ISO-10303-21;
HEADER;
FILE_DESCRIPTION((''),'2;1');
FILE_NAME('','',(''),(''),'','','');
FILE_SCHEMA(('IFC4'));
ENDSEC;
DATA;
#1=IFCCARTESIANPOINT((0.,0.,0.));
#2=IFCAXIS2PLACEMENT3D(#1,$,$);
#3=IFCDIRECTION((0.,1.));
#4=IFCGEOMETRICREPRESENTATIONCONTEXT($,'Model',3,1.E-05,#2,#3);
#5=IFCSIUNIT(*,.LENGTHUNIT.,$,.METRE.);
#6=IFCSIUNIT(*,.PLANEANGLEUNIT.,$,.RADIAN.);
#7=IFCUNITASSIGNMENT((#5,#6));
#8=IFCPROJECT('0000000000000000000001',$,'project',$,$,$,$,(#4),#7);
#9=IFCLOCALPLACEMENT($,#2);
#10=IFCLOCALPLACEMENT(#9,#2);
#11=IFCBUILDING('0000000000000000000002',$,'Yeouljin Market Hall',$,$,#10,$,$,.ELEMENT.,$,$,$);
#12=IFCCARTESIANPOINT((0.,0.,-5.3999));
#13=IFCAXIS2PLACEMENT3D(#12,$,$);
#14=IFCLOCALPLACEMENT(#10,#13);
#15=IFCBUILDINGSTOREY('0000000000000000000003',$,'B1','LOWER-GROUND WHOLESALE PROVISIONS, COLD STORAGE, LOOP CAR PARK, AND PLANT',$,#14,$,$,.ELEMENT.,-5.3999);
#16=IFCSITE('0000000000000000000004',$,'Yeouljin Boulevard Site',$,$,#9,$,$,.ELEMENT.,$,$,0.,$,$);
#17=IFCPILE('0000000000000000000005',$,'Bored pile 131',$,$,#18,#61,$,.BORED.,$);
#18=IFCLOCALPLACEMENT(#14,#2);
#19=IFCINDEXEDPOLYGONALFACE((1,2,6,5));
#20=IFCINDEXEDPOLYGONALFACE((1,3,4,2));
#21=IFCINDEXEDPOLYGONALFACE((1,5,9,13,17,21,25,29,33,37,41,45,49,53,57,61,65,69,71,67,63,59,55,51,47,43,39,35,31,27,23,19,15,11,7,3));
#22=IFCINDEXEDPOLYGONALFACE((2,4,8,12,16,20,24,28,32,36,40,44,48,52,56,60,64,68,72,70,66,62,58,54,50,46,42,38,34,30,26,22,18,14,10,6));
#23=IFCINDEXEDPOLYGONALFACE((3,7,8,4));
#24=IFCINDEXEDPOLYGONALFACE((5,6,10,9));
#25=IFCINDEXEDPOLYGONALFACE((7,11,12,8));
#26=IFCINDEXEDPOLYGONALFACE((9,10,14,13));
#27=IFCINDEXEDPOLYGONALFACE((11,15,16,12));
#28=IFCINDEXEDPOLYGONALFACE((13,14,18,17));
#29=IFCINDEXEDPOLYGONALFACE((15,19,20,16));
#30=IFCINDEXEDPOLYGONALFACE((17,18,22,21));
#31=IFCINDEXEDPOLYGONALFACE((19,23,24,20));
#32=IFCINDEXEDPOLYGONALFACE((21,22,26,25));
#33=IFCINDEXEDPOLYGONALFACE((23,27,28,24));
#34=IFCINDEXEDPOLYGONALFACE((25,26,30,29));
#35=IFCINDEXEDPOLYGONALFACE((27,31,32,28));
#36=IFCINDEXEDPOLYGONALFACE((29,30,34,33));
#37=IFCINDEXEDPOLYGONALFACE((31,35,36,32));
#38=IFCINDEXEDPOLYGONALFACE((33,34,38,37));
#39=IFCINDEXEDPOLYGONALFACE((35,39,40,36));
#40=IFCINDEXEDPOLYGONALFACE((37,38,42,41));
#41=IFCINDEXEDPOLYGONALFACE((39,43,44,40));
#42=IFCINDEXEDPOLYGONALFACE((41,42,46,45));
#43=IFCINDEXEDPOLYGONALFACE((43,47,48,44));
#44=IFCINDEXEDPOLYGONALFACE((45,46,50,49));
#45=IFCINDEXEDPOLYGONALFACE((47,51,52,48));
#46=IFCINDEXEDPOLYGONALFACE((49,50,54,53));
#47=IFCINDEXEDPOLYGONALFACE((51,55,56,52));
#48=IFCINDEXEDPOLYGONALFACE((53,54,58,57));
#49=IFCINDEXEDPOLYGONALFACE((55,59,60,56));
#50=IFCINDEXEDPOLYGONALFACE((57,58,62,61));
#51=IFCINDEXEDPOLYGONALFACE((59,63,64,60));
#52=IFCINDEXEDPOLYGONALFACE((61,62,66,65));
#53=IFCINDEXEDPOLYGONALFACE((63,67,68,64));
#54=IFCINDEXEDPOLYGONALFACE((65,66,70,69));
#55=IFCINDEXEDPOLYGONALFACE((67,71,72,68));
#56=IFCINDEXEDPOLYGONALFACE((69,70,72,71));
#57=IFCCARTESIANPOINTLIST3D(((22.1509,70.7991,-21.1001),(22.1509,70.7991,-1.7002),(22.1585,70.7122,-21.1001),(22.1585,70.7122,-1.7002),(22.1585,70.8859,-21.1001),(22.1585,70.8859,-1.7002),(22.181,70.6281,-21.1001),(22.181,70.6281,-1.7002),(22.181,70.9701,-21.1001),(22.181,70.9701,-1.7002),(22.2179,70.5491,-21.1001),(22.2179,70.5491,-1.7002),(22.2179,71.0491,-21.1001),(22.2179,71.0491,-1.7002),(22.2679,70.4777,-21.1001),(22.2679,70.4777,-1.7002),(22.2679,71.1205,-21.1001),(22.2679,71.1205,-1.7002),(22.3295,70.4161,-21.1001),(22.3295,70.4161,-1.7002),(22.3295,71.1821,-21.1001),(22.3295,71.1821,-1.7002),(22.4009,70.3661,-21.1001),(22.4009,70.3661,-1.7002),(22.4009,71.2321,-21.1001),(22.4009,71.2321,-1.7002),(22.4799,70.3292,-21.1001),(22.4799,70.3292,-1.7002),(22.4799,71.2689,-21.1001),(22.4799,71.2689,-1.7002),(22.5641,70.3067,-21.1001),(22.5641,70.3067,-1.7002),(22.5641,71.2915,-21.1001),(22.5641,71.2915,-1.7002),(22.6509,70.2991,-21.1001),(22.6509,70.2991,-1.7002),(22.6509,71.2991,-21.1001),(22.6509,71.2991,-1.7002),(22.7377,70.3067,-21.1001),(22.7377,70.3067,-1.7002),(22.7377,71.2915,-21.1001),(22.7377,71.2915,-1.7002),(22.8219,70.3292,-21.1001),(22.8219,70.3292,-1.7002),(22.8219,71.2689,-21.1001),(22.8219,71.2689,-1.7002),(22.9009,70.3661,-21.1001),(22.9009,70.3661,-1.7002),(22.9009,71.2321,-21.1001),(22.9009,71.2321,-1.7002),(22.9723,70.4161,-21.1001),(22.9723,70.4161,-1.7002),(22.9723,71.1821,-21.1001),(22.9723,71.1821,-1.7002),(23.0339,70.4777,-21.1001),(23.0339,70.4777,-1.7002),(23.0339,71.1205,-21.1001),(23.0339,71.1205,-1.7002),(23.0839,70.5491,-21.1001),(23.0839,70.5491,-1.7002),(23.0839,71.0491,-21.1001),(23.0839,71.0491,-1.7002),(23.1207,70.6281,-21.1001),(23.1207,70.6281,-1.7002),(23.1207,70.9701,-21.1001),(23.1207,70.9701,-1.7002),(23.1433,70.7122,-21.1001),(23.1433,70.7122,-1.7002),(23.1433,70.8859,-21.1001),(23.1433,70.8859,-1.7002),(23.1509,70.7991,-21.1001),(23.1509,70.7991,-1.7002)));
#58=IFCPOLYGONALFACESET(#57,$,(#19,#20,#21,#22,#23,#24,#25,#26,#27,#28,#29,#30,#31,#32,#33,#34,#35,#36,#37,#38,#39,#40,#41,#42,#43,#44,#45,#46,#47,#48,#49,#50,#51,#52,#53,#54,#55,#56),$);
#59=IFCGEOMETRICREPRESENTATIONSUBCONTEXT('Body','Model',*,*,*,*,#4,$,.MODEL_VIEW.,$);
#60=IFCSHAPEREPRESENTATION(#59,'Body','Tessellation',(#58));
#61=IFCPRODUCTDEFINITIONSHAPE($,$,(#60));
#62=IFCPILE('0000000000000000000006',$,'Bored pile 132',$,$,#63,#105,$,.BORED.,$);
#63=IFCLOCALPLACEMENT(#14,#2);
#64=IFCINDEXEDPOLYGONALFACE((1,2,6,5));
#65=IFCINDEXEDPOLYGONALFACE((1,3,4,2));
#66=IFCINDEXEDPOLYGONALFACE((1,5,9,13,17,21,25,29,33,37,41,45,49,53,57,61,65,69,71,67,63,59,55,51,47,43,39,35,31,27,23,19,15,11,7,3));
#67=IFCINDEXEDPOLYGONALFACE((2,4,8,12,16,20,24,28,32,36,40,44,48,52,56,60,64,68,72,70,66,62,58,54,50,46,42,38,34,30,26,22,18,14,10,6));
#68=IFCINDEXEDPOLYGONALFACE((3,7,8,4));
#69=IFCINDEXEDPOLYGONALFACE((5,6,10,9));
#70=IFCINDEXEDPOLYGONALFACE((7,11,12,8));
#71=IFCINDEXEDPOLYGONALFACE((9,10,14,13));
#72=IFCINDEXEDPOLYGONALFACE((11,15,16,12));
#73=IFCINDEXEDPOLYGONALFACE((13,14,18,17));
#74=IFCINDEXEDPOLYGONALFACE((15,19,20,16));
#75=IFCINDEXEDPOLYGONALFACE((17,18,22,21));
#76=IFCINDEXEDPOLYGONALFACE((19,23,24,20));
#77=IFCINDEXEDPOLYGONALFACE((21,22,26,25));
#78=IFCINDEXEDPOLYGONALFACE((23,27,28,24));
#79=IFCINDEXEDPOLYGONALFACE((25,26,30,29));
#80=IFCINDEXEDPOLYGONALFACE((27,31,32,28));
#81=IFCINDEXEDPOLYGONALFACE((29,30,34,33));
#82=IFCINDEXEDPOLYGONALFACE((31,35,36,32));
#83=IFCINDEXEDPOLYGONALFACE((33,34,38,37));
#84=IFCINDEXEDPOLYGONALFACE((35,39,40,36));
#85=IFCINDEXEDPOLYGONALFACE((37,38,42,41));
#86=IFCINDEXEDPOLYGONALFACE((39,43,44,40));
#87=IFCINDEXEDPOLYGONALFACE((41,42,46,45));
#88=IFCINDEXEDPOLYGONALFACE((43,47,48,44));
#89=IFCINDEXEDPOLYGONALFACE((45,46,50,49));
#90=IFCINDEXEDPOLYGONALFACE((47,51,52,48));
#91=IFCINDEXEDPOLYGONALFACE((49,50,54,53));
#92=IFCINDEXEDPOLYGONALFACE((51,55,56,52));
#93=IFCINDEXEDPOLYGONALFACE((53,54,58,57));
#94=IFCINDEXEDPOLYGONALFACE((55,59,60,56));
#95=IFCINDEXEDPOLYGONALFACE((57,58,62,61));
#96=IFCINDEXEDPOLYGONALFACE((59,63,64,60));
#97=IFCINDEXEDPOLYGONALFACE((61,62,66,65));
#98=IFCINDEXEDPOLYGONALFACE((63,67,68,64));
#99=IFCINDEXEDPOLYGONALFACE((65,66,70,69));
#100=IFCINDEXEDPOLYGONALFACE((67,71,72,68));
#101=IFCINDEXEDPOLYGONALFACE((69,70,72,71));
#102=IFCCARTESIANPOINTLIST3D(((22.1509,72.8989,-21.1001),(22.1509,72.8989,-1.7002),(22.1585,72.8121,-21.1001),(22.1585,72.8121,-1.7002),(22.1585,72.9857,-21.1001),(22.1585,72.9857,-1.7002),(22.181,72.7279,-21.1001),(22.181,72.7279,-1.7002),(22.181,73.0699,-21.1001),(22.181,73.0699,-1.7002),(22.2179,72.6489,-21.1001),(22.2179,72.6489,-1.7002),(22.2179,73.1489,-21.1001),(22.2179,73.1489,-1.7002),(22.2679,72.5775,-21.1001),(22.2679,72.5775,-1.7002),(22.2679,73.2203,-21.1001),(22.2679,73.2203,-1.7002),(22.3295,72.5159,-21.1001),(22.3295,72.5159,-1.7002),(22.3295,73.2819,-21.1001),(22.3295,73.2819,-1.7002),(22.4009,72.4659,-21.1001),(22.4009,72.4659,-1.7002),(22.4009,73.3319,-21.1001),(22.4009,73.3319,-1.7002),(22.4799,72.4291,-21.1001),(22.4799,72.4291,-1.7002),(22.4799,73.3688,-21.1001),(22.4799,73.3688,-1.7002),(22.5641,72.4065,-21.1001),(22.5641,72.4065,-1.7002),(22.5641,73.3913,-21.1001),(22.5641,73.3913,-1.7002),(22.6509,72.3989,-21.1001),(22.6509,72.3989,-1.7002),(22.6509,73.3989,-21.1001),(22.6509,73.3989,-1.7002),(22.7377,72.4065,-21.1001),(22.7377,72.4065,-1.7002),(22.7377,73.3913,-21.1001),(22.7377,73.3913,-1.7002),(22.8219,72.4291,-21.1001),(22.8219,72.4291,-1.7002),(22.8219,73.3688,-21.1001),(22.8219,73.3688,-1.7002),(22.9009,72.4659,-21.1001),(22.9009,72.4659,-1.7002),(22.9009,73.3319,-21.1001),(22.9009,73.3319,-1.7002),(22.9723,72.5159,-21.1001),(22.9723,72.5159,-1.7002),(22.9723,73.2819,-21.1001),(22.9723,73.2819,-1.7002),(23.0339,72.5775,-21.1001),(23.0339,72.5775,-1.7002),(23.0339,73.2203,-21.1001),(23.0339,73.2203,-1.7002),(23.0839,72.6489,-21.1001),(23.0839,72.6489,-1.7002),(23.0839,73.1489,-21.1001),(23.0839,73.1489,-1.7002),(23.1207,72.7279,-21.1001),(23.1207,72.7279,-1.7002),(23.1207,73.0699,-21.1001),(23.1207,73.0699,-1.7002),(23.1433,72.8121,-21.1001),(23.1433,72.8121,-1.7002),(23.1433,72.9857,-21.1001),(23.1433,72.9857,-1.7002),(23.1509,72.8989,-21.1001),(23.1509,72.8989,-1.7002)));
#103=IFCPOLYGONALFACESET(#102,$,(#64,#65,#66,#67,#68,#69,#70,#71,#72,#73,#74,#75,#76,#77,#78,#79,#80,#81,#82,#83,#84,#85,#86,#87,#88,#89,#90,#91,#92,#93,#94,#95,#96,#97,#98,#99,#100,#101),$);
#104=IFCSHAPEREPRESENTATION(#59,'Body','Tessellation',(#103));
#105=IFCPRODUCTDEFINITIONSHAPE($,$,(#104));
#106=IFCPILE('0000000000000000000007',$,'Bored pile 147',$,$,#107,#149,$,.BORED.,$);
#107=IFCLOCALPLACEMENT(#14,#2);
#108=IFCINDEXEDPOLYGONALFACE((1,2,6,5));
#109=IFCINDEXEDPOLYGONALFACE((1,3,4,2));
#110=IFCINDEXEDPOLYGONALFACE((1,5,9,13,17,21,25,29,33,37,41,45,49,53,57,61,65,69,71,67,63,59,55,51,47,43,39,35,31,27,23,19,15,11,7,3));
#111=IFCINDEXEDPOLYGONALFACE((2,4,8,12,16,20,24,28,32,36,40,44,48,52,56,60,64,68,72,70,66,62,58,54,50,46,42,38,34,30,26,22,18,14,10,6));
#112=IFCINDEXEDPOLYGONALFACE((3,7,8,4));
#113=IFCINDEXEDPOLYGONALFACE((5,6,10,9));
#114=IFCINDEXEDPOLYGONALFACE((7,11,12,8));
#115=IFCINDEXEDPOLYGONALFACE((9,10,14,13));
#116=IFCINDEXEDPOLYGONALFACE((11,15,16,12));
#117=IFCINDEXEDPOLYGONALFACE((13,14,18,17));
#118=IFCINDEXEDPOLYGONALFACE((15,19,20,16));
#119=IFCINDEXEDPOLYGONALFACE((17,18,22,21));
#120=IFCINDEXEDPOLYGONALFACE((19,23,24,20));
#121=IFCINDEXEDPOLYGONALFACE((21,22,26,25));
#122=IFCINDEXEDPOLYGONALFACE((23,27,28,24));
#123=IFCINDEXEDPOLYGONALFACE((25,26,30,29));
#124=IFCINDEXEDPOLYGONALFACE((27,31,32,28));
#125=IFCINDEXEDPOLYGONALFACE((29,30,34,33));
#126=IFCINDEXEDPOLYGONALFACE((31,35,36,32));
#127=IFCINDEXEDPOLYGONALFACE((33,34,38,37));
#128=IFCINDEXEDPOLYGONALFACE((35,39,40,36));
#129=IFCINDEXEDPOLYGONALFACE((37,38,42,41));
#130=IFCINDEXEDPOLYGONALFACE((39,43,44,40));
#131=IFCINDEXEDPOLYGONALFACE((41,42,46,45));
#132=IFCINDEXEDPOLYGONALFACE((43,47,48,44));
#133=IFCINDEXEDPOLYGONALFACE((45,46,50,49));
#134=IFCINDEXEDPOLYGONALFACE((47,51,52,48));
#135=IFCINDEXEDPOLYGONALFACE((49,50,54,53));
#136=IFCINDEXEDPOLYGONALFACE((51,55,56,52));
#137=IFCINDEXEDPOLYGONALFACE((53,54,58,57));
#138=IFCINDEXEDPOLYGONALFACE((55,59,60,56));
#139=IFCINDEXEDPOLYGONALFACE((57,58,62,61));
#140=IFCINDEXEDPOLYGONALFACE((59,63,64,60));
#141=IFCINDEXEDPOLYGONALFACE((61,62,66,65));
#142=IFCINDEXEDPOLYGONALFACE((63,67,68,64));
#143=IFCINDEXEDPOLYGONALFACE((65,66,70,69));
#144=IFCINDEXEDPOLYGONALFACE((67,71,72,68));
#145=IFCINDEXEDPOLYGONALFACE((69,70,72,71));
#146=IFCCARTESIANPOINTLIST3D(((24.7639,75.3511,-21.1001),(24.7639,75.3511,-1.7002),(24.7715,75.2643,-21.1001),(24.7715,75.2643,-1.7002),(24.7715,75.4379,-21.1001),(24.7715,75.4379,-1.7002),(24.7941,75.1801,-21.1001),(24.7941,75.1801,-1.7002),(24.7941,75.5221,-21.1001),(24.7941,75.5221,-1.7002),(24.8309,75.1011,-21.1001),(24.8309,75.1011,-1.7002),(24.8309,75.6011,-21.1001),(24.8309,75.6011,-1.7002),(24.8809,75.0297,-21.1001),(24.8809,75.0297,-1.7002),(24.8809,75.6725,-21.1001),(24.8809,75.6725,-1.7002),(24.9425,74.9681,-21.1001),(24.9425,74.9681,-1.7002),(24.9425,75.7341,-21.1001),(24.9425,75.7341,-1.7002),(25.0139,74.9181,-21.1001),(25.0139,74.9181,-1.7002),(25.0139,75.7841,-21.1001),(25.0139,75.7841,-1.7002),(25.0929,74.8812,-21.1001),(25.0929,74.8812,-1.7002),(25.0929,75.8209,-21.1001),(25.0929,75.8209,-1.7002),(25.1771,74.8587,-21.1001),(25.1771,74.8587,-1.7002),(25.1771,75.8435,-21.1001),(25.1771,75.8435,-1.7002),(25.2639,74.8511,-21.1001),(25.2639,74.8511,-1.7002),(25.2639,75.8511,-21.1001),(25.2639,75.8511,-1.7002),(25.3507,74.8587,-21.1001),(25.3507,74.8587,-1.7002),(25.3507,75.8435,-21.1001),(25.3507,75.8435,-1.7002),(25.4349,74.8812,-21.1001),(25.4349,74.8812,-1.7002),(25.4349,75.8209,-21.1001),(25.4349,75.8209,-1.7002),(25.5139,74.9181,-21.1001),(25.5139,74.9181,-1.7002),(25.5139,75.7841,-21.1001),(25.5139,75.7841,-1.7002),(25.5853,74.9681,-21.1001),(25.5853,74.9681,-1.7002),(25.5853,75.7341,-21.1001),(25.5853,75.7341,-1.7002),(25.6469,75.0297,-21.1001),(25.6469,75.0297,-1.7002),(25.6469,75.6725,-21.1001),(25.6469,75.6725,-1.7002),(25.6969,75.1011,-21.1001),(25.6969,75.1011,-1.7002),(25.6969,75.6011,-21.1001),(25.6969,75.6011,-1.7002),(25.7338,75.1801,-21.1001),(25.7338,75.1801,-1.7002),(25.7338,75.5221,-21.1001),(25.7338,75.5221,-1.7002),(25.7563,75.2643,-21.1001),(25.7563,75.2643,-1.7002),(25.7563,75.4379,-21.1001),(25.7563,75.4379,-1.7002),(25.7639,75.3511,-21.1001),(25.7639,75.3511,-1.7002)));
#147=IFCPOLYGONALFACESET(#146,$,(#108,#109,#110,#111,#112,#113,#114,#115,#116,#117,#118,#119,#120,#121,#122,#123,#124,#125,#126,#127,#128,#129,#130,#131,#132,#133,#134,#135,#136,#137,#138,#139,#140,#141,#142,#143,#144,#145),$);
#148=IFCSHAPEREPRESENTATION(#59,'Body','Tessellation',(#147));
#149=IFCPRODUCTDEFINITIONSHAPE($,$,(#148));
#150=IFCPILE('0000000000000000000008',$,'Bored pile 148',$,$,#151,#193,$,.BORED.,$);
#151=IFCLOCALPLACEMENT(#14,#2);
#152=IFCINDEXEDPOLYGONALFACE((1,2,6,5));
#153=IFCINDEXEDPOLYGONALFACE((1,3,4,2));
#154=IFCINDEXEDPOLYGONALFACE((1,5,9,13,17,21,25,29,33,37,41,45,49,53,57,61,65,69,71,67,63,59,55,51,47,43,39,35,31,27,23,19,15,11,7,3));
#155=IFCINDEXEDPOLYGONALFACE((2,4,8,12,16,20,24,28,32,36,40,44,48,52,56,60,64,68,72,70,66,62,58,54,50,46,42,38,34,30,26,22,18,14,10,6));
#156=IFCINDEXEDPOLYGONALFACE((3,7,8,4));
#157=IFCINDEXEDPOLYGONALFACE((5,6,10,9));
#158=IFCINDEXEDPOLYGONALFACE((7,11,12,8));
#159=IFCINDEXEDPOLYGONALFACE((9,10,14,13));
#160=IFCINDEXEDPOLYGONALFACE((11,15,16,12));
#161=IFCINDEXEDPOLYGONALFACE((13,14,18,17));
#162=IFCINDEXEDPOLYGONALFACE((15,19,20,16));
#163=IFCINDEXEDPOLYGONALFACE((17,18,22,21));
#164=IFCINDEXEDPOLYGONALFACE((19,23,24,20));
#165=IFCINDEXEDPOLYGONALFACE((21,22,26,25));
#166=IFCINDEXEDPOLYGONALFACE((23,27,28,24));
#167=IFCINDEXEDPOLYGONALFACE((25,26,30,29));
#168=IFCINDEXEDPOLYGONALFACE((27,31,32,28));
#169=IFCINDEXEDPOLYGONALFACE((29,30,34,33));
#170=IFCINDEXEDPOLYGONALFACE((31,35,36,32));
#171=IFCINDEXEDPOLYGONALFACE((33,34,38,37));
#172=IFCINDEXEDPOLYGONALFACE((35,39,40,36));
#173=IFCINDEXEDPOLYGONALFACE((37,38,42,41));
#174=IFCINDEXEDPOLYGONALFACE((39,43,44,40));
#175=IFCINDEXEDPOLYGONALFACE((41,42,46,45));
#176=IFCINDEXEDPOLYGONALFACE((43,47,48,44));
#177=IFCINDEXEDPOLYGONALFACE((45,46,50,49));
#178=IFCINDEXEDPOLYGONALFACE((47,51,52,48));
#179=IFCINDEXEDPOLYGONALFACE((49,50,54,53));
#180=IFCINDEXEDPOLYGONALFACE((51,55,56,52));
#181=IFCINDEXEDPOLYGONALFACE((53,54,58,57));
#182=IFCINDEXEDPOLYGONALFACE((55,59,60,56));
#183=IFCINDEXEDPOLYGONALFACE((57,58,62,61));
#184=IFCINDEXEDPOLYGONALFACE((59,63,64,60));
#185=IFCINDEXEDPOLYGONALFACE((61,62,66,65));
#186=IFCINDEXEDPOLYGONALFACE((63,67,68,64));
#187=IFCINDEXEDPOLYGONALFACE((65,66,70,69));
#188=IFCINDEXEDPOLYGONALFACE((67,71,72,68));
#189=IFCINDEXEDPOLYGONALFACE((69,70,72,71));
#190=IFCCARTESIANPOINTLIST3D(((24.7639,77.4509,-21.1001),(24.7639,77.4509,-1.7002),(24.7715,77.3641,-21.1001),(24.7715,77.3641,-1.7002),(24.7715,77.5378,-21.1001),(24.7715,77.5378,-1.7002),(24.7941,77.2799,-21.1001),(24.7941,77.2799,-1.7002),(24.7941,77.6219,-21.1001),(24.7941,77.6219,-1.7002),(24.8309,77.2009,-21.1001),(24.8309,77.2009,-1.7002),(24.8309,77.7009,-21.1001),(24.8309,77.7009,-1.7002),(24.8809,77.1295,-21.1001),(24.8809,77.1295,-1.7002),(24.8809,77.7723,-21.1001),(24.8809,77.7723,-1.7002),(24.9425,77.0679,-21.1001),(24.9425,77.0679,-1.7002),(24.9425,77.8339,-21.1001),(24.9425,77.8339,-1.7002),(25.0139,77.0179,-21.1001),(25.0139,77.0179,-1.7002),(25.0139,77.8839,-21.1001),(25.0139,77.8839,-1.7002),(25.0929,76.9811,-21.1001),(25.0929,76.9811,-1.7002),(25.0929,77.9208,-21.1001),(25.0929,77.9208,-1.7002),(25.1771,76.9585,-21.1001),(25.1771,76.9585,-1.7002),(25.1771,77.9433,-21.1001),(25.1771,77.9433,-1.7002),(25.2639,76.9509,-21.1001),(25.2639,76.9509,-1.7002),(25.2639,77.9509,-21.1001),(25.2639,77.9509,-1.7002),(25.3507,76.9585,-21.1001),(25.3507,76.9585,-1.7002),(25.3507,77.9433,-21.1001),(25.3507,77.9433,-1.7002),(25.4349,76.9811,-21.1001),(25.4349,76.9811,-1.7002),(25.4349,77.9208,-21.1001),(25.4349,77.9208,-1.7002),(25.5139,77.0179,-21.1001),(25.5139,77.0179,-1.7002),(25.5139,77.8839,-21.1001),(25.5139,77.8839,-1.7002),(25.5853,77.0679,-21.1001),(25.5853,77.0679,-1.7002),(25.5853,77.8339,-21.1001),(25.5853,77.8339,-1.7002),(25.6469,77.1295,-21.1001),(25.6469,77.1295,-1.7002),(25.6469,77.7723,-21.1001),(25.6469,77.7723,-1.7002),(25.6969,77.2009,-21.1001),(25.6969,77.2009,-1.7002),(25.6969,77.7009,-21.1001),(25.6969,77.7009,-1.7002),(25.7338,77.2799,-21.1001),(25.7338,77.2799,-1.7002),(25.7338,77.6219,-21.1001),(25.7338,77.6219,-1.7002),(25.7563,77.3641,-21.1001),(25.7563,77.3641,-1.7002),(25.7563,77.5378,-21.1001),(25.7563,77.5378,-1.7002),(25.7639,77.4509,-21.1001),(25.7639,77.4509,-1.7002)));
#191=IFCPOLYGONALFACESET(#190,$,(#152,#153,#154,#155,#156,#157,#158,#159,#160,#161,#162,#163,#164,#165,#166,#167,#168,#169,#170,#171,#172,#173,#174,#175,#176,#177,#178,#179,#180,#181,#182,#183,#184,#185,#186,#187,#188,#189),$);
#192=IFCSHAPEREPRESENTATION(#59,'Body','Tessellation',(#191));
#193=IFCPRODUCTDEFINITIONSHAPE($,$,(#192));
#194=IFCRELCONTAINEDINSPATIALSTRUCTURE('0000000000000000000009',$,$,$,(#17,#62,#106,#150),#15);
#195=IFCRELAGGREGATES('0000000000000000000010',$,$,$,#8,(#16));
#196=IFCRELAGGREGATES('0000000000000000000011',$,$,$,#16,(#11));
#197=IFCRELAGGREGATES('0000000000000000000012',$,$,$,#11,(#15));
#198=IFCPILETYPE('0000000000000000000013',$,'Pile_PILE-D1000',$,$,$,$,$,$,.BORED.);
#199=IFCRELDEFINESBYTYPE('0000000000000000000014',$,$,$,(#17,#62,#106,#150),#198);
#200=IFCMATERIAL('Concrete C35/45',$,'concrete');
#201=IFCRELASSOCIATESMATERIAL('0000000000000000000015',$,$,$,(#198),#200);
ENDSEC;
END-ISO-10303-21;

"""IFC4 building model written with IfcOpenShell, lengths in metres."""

from ifc_helpers import new_model, si_unit, direction, frame, origin, origin_2d, place, context, subcontext, project, spatial, circle, extrude, material, material_profile, profile_set, type_object, element, save


model = new_model("IFC4")

# Units and contexts
model_context = context("Model", 3, precision=1e-05, world=origin(), true_north=direction((0.0, 1.0)))
body_context = subcontext(model_context, "Body", "Model", "MODEL_VIEW")
ifc_project = project(units=[si_unit("LENGTHUNIT", "METRE"), si_unit("PLANEANGLEUNIT", "RADIAN")], contexts=[model_context])

# Site, building, storey
site_placement = place(None, origin())
site = spatial("IfcSite", under=ifc_project, at=site_placement, Name="Yeouljin Boulevard Site", CompositionType="ELEMENT", RefElevation=0.0)
building_placement = place(site_placement, origin())
building = spatial("IfcBuilding", under=site, at=building_placement, Name="Yeouljin Market Hall", CompositionType="ELEMENT")
storey_placement = place(building_placement, frame((0.0, 0.0, -5.3999)))
storey = spatial("IfcBuildingStorey", under=building, at=storey_placement, Name="B1", Description="LOWER-GROUND WHOLESALE PROVISIONS, COLD STORAGE, LOOP CAR PARK, AND PLANT", CompositionType="ELEMENT", Elevation=-5.3999)

# Piles
ifc_material_1 = material(Name="Concrete C35/45", Category="concrete")
ifc_material_profile_1 = material_profile(ifc_material_1, circle(Radius=0.5, at=origin_2d()), Name="PILE-D1000")
ifc_profile_set_1 = profile_set([ifc_material_profile_1], Name="Concrete C35/45")
pile_type = type_object("IfcPileType", Name="Pile_PILE-D1000", PredefinedType="BORED", material=ifc_profile_set_1)
for number, where, z_axis, x_axis, name in (
    (1, (22.6509, 70.7991, -1.7002), (0.0, 0.0, -1.0), (1.0, 0.0, 0.0), "Bored pile 131"),
    (2, (22.6509, 72.8989, -1.7002), (0.0, 0.0, -1.0), (1.0, 0.0, 0.0), "Bored pile 132"),
    (3, (25.2639, 75.3511, -1.7002), (0.0, 0.0, -1.0), (1.0, 0.0, 0.0), "Bored pile 147"),
    (4, (25.2639, 77.4509, -1.7002), (0.0, 0.0, -1.0), (1.0, 0.0, 0.0), "Bored pile 148"),
):
    element("IfcPile", number, at=place(storey_placement, frame(where, z_axis=z_axis, x_axis=x_axis)), inside=storey, type_object=pile_type, Name=name, PredefinedType="BORED", context=body_context, shape_type="SweptSolid", body=[
        extrude(circle(Radius=0.5, at=origin_2d()), origin(), (0.0, 0.0, 1.0), 19.3999),
    ])

save(model, "model.ifc")
